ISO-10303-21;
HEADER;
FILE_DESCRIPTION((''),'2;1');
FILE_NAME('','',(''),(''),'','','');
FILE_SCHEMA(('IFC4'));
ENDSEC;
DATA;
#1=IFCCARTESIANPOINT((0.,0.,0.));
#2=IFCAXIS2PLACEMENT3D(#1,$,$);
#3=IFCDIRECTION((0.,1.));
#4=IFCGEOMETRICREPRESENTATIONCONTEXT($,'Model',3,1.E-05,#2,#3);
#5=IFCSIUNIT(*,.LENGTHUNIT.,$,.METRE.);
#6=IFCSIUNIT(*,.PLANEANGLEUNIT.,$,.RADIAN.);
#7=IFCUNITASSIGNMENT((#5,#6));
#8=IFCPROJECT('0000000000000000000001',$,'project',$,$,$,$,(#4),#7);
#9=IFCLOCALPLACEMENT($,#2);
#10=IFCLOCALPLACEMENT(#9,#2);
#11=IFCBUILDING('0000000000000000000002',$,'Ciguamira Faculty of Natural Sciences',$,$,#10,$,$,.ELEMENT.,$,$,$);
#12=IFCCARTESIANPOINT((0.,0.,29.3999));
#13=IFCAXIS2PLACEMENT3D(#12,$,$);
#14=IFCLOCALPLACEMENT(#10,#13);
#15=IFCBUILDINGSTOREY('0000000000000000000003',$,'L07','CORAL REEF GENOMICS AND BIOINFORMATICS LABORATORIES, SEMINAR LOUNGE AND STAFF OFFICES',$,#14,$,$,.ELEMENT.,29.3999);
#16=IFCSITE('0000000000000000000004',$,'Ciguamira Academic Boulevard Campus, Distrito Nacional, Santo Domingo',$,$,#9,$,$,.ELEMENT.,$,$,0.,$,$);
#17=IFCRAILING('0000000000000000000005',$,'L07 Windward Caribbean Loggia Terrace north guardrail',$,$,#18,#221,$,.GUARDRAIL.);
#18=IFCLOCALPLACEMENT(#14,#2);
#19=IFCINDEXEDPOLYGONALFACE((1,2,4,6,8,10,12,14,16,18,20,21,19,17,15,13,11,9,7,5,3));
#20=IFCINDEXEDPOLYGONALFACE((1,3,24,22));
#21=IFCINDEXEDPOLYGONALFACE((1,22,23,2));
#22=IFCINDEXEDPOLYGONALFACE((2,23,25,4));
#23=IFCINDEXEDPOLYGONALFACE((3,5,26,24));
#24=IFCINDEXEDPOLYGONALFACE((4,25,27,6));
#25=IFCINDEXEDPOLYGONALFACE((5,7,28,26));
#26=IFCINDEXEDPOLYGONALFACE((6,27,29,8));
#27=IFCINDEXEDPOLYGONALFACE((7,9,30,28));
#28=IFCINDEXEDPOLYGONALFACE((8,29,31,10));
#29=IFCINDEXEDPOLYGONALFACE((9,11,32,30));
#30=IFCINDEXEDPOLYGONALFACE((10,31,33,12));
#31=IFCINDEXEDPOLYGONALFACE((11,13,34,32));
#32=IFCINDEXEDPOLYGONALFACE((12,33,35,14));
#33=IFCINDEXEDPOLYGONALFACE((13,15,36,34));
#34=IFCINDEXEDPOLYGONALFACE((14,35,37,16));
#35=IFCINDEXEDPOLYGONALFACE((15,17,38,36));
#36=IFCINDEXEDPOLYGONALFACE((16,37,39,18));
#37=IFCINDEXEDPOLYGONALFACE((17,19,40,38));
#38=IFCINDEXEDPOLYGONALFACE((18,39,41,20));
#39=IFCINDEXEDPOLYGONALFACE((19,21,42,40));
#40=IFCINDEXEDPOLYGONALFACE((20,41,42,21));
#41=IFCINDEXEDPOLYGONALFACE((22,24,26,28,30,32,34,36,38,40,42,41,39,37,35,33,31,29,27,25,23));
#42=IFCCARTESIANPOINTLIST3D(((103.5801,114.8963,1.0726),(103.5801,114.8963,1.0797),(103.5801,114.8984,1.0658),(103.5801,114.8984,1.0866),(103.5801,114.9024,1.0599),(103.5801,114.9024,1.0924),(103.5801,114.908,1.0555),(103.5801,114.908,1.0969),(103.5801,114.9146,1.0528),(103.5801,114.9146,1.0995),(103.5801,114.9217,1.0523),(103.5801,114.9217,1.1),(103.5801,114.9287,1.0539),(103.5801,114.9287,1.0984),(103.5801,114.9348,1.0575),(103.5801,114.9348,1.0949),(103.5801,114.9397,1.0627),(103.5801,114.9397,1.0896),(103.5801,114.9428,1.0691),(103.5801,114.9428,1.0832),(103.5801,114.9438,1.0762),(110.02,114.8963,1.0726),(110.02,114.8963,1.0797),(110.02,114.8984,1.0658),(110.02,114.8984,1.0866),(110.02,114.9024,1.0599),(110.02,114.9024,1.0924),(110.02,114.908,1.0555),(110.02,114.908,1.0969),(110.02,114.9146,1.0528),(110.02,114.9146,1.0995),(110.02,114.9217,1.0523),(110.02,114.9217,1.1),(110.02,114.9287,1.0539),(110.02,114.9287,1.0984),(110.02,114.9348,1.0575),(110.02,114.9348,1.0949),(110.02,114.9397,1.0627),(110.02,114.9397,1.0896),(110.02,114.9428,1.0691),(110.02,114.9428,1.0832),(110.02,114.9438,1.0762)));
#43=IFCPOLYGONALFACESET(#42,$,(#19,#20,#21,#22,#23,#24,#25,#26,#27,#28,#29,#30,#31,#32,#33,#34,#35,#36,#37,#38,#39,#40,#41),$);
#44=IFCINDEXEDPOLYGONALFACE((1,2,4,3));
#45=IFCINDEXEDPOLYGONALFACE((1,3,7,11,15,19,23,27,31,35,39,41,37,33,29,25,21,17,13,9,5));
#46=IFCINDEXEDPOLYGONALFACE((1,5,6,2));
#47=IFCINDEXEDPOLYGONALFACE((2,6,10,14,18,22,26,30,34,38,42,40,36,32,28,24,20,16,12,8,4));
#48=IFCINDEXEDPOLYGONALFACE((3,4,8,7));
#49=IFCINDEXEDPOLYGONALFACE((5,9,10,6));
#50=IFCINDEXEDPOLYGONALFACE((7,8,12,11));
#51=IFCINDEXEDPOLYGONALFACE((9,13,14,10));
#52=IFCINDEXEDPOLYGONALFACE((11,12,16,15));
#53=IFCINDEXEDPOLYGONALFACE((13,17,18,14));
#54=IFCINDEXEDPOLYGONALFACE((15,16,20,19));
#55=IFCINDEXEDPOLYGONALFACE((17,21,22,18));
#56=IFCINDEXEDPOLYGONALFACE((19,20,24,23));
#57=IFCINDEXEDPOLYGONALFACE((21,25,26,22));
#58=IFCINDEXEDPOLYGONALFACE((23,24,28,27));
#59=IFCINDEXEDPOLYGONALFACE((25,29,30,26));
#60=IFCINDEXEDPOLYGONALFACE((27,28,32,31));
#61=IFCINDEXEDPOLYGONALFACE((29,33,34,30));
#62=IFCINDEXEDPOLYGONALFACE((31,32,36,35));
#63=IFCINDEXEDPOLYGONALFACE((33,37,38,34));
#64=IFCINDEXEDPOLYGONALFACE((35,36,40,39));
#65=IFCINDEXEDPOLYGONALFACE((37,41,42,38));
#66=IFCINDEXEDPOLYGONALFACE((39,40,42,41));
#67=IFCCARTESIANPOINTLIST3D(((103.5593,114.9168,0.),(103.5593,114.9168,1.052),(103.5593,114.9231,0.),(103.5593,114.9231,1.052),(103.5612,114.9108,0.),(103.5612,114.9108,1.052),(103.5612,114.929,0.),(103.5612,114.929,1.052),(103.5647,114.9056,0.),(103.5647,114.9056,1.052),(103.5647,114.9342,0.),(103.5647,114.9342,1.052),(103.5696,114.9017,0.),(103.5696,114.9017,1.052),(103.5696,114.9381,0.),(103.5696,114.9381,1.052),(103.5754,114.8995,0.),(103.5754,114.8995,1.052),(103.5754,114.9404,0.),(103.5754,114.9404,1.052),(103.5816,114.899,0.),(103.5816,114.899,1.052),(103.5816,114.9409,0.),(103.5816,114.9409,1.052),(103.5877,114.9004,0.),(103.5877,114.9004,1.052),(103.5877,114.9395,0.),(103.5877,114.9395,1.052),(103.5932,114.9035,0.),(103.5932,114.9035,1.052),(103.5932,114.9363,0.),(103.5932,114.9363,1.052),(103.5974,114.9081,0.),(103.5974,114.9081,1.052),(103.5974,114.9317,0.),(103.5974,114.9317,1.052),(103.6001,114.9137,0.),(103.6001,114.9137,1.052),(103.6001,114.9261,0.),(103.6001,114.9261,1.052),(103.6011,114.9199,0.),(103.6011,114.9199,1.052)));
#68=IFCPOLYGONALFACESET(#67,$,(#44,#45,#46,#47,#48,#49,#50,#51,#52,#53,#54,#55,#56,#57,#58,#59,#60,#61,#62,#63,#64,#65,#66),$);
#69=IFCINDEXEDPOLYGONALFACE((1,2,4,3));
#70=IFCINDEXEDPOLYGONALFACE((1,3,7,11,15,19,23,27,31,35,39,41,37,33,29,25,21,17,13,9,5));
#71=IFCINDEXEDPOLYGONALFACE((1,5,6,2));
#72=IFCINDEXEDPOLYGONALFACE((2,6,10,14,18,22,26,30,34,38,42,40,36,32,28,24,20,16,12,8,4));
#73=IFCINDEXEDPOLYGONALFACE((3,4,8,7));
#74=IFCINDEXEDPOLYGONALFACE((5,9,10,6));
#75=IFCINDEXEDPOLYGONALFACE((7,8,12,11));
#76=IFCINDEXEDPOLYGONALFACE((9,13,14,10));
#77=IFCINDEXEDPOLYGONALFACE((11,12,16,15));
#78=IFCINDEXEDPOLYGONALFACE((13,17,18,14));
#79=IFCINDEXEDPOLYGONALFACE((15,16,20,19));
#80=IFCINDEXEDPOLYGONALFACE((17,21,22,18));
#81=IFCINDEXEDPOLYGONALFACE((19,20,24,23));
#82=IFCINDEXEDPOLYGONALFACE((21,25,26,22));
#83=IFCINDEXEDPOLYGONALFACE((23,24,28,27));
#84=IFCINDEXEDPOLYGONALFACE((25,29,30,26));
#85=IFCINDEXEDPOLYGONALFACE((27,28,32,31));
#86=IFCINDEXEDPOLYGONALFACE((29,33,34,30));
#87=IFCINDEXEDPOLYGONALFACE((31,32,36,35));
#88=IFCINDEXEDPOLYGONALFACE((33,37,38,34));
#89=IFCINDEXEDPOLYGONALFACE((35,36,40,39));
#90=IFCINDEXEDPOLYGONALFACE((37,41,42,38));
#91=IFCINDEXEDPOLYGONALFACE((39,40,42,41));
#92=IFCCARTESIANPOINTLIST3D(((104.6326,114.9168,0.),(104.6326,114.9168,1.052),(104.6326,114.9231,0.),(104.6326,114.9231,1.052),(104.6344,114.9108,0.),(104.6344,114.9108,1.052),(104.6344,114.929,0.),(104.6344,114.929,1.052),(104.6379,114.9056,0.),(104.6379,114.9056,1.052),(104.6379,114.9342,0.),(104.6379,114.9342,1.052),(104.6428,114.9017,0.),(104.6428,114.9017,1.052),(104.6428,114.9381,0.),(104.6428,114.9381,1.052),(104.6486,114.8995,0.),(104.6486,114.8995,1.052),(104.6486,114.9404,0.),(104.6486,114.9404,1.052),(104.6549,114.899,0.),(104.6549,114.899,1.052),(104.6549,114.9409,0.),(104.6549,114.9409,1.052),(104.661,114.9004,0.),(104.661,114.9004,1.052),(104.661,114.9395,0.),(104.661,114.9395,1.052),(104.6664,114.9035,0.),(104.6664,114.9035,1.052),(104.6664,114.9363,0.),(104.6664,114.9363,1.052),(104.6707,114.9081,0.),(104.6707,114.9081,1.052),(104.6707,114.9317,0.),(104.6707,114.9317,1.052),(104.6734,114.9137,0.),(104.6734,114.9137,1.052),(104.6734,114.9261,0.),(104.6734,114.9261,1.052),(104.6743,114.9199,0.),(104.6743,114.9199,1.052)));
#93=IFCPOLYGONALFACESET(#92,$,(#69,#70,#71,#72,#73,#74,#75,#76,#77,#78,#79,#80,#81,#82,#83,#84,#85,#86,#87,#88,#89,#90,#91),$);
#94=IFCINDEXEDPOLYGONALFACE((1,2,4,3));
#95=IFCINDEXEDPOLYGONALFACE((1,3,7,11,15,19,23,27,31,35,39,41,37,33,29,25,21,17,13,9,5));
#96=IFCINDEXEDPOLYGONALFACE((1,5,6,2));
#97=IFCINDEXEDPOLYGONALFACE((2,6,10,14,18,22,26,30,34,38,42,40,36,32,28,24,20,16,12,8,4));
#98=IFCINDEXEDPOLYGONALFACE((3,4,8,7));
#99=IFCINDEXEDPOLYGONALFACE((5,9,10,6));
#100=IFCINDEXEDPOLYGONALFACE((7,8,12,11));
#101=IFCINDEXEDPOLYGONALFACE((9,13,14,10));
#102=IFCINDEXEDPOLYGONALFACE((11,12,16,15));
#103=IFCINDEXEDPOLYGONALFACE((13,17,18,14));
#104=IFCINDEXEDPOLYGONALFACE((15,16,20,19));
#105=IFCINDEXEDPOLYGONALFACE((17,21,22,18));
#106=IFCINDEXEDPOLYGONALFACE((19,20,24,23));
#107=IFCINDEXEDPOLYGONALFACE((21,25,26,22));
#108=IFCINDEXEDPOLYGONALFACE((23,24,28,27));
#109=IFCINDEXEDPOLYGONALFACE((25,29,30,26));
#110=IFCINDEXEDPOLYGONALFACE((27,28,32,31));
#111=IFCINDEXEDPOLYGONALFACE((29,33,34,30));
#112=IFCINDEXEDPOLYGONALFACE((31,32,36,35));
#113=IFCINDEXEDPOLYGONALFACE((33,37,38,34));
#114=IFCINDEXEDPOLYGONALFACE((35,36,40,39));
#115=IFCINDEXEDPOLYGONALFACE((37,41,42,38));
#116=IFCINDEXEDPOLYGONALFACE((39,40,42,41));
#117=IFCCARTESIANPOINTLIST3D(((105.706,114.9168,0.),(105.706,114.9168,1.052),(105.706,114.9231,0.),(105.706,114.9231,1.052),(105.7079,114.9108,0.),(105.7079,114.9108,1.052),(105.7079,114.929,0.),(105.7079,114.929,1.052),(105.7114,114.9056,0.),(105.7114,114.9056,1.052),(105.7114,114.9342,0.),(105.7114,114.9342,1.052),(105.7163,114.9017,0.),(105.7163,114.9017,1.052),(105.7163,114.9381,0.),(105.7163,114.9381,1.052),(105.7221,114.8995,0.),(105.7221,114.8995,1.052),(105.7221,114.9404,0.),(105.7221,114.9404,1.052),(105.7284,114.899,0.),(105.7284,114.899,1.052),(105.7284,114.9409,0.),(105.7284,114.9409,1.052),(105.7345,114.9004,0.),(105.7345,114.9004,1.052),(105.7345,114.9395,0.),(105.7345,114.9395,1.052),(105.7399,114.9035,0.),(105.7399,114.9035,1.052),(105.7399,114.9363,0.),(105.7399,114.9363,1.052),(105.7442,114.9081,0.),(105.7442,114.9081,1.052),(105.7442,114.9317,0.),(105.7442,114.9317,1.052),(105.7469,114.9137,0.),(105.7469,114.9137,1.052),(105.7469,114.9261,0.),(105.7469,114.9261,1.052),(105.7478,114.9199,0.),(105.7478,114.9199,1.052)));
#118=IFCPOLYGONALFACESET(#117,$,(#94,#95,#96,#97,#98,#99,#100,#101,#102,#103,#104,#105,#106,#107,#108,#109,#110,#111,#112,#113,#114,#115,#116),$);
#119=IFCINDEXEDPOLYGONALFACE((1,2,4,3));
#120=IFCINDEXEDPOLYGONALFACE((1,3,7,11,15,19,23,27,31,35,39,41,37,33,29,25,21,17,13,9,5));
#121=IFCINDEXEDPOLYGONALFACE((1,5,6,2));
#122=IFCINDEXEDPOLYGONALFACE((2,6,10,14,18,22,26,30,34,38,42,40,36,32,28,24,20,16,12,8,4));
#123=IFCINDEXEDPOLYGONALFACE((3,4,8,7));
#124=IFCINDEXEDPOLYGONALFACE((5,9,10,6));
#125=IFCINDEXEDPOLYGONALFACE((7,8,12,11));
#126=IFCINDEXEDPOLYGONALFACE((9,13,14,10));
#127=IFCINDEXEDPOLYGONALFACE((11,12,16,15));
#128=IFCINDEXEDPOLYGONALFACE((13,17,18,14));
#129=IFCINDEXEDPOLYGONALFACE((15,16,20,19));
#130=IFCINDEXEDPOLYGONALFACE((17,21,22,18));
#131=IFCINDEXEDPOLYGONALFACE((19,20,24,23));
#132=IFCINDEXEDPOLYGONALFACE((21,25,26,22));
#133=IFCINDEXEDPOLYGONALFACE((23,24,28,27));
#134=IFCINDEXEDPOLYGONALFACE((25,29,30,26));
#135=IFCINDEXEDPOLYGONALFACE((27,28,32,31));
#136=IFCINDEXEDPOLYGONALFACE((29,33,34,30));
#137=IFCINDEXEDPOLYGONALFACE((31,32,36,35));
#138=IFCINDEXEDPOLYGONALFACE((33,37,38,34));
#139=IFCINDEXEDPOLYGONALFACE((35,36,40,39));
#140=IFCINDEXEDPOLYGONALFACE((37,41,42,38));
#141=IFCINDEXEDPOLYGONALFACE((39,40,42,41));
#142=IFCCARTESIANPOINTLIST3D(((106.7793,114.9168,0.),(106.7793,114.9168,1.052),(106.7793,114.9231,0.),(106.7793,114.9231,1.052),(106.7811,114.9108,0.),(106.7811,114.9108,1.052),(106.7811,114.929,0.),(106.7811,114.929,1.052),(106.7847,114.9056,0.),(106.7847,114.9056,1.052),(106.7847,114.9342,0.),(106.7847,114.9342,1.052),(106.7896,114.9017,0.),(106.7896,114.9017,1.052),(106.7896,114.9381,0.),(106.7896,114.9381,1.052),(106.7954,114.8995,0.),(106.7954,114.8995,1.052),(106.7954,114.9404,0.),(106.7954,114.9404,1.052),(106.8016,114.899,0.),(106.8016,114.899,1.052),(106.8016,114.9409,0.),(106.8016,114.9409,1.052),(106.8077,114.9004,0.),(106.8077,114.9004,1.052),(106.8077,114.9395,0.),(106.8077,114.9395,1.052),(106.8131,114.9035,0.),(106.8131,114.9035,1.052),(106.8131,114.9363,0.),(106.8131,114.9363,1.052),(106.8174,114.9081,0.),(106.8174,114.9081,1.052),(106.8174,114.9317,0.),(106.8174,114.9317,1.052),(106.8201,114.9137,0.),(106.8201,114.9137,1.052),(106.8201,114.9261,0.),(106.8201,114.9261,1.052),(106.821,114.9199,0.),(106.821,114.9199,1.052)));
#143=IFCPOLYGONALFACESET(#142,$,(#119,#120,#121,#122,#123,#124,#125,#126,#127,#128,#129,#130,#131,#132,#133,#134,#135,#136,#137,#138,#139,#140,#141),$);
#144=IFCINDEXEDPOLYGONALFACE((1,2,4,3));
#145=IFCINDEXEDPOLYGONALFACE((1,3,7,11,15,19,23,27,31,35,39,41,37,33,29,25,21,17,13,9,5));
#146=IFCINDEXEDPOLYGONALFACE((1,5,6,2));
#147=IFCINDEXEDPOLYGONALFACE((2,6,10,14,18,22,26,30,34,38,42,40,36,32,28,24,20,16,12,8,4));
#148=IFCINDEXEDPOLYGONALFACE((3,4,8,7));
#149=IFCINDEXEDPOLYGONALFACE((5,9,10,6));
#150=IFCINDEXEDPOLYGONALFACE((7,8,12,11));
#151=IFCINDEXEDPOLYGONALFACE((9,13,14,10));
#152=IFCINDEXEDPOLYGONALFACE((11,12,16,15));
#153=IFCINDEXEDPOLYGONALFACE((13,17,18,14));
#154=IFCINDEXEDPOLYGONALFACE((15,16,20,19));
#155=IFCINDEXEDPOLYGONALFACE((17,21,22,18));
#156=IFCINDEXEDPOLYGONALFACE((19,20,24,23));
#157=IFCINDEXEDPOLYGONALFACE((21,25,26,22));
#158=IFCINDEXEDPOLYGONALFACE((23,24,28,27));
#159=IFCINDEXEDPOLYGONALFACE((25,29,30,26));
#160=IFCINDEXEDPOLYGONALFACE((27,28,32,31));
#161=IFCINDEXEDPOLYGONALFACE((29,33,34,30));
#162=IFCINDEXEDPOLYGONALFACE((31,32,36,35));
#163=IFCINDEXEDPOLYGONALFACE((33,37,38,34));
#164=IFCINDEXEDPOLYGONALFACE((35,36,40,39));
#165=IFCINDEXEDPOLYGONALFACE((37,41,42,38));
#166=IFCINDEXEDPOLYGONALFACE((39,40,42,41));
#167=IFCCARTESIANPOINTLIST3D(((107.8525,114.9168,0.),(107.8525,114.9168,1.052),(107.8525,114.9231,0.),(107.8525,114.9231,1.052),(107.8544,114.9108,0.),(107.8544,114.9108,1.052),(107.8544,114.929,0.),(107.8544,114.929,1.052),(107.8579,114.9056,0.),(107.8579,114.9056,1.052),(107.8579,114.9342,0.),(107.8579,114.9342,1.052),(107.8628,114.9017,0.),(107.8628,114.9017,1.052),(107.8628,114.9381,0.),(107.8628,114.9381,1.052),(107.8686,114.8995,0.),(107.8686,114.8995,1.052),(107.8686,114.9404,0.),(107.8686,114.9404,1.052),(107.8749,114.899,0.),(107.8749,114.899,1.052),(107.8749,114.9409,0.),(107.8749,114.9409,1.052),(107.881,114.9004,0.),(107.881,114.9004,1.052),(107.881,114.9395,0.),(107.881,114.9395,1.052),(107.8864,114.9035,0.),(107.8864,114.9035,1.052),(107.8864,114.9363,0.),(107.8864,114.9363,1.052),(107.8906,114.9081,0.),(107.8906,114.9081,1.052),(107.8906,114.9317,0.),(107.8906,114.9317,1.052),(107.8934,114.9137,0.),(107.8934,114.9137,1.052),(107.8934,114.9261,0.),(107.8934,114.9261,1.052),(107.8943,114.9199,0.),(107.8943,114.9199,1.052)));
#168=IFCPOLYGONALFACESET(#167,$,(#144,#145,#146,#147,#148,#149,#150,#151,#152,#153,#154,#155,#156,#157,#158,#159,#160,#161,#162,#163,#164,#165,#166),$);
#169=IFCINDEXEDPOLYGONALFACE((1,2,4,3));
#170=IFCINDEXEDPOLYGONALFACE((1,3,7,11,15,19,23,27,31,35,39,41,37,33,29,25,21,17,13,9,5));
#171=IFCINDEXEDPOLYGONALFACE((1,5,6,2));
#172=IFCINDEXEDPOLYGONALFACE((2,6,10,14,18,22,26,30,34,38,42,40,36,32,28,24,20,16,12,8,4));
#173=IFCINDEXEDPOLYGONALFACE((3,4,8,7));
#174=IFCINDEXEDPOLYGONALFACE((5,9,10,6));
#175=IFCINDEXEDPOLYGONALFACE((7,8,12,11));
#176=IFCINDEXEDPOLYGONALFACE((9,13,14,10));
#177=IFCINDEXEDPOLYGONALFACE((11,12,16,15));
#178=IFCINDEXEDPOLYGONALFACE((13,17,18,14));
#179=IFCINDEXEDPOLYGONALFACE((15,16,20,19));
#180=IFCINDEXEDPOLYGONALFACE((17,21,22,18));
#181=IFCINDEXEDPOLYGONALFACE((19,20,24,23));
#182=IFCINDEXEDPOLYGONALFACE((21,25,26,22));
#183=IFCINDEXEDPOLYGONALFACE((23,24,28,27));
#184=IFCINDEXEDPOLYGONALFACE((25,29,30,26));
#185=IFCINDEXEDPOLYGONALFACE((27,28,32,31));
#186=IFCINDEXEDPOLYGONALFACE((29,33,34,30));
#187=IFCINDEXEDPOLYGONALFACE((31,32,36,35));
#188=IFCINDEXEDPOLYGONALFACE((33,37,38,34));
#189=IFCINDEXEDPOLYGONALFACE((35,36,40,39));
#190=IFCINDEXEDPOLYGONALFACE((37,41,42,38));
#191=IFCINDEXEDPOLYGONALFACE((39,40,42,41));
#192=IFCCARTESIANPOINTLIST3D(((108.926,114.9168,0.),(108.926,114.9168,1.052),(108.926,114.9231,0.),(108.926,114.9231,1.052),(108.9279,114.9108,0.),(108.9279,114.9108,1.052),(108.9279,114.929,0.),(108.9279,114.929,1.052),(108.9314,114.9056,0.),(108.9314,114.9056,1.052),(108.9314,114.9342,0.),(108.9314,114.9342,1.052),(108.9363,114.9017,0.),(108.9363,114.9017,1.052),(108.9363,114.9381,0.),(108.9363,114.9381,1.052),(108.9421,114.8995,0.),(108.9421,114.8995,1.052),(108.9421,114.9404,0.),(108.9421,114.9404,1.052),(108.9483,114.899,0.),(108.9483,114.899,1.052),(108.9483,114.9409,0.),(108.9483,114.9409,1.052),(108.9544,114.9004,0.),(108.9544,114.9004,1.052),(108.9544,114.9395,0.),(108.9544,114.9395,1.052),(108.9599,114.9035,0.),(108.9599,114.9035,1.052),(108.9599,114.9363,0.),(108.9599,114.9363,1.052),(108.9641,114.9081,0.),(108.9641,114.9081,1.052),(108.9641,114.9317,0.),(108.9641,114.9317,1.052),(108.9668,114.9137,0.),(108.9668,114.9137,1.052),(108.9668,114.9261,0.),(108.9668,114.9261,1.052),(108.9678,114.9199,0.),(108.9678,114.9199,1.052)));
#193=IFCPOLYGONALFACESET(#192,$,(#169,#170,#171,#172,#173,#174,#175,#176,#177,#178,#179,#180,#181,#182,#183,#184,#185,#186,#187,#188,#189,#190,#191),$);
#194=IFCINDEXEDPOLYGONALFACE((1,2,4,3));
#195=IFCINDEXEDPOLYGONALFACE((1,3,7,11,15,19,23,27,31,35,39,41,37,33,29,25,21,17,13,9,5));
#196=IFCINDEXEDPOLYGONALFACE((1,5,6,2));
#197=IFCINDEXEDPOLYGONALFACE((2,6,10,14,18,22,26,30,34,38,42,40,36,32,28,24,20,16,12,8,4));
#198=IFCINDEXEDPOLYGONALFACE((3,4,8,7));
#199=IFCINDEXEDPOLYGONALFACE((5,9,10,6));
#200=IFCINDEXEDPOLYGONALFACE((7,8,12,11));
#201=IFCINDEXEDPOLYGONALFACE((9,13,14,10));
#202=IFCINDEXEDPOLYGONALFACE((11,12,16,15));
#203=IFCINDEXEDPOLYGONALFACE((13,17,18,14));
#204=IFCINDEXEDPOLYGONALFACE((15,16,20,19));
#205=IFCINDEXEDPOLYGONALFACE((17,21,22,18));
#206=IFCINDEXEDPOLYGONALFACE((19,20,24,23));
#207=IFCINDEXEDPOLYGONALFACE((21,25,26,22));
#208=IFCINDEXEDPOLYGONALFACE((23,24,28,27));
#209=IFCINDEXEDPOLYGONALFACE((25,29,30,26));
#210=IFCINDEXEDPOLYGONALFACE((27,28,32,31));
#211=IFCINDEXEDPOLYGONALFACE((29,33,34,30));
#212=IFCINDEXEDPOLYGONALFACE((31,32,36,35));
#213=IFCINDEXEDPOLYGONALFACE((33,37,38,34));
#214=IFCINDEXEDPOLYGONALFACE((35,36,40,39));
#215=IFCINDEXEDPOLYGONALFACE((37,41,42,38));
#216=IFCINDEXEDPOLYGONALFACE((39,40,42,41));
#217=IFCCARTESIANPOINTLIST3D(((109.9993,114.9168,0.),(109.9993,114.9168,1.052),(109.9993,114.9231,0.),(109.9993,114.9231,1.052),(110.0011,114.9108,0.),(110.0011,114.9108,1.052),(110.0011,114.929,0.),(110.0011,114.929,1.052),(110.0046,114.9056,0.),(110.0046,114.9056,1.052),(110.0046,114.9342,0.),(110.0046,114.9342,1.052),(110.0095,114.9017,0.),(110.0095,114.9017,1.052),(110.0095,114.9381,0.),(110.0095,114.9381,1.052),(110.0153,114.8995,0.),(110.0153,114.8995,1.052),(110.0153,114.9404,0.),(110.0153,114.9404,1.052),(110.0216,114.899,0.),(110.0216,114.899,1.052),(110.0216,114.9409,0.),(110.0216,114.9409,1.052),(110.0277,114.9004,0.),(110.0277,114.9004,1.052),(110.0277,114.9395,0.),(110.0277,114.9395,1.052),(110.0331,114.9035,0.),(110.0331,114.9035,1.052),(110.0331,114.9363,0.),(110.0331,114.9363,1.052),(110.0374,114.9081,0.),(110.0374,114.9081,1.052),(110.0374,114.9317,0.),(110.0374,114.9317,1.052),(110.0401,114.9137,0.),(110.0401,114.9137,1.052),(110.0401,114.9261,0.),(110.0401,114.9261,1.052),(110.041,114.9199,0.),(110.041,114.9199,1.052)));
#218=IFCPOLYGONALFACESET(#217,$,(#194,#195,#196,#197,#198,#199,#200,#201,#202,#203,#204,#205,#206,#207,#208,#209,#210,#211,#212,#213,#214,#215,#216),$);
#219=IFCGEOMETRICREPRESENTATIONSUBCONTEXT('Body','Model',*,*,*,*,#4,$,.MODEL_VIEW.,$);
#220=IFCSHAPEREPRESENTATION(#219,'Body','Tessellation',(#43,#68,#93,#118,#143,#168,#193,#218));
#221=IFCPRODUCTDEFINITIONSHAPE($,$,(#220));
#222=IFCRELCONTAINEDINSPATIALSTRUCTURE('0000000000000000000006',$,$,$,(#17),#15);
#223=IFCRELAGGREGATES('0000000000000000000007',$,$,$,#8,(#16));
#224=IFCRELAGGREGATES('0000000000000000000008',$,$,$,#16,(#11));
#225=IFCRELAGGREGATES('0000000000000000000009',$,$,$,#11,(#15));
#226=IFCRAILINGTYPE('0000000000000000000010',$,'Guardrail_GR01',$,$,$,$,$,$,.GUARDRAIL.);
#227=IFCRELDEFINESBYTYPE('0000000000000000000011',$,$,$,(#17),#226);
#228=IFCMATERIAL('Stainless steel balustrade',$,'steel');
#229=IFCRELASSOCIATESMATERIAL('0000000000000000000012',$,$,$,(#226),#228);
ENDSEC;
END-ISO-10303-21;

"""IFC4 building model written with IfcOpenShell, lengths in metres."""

from ifc_helpers import new_model, si_unit, direction, frame, origin, origin_2d, place, context, subcontext, project, spatial, circle, extrude, material, type_object, element, save


model = new_model("IFC4")

# Units and contexts
model_context = context("Model", 3, precision=1e-05, world=origin(), true_north=direction((0.0, 1.0)))
body_context = subcontext(model_context, "Body", "Model", "MODEL_VIEW")
ifc_project = project(units=[si_unit("LENGTHUNIT", "METRE"), si_unit("PLANEANGLEUNIT", "RADIAN")], contexts=[model_context])

# Site, building, storey
site_placement = place(None, origin())
site = spatial("IfcSite", under=ifc_project, at=site_placement, Name="Ciguamira Academic Boulevard Campus, Distrito Nacional, Santo Domingo", CompositionType="ELEMENT", RefElevation=0.0)
building_placement = place(site_placement, origin())
building = spatial("IfcBuilding", under=site, at=building_placement, Name="Ciguamira Faculty of Natural Sciences", CompositionType="ELEMENT")
storey_placement = place(building_placement, frame((0.0, 0.0, 29.3999)))
storey = spatial("IfcBuildingStorey", under=building, at=storey_placement, Name="L07", Description="CORAL REEF GENOMICS AND BIOINFORMATICS LABORATORIES, SEMINAR LOUNGE AND STAFF OFFICES", CompositionType="ELEMENT", Elevation=29.3999)

# Railing
ifc_material_1 = material(Name="Stainless steel balustrade", Category="steel")
railing_type = type_object("IfcRailingType", Name="Guardrail_GR01", PredefinedType="GUARDRAIL", material=ifc_material_1)
railing_placement = place(storey_placement, frame((103.5801, 114.9199, 0.0)))
element("IfcRailing", 1, at=railing_placement, inside=storey, type_object=railing_type, Name="L07 Windward Caribbean Loggia Terrace north guardrail", PredefinedType="GUARDRAIL", context=body_context, shape_type="SweptSolid", body=[
    extrude(circle(Radius=0.0239, at=origin_2d()), frame((0.0, 0.0, 1.0762), z_axis=(1.0, 0.0, 0.0), x_axis=(0.0, 1.0, 0.0)), (0.0, 0.0, 1.0), 6.4399),
    extrude(circle(Radius=0.021, at=origin_2d()), origin(), (0.0, 0.0, 1.0), 1.052),
    extrude(circle(Radius=0.021, at=origin_2d()), frame((1.0732, 0.0, 0.0)), (0.0, 0.0, 1.0), 1.052),
    extrude(circle(Radius=0.021, at=origin_2d()), frame((2.1467, 0.0, 0.0)), (0.0, 0.0, 1.0), 1.052),
    extrude(circle(Radius=0.021, at=origin_2d()), frame((3.22, 0.0, 0.0)), (0.0, 0.0, 1.0), 1.052),
    extrude(circle(Radius=0.021, at=origin_2d()), frame((4.2932, 0.0, 0.0)), (0.0, 0.0, 1.0), 1.052),
    extrude(circle(Radius=0.021, at=origin_2d()), frame((5.3667, 0.0, 0.0)), (0.0, 0.0, 1.0), 1.052),
    extrude(circle(Radius=0.021, at=origin_2d()), frame((6.4399, 0.0, 0.0)), (0.0, 0.0, 1.0), 1.052),
])

save(model, "model.ifc")
